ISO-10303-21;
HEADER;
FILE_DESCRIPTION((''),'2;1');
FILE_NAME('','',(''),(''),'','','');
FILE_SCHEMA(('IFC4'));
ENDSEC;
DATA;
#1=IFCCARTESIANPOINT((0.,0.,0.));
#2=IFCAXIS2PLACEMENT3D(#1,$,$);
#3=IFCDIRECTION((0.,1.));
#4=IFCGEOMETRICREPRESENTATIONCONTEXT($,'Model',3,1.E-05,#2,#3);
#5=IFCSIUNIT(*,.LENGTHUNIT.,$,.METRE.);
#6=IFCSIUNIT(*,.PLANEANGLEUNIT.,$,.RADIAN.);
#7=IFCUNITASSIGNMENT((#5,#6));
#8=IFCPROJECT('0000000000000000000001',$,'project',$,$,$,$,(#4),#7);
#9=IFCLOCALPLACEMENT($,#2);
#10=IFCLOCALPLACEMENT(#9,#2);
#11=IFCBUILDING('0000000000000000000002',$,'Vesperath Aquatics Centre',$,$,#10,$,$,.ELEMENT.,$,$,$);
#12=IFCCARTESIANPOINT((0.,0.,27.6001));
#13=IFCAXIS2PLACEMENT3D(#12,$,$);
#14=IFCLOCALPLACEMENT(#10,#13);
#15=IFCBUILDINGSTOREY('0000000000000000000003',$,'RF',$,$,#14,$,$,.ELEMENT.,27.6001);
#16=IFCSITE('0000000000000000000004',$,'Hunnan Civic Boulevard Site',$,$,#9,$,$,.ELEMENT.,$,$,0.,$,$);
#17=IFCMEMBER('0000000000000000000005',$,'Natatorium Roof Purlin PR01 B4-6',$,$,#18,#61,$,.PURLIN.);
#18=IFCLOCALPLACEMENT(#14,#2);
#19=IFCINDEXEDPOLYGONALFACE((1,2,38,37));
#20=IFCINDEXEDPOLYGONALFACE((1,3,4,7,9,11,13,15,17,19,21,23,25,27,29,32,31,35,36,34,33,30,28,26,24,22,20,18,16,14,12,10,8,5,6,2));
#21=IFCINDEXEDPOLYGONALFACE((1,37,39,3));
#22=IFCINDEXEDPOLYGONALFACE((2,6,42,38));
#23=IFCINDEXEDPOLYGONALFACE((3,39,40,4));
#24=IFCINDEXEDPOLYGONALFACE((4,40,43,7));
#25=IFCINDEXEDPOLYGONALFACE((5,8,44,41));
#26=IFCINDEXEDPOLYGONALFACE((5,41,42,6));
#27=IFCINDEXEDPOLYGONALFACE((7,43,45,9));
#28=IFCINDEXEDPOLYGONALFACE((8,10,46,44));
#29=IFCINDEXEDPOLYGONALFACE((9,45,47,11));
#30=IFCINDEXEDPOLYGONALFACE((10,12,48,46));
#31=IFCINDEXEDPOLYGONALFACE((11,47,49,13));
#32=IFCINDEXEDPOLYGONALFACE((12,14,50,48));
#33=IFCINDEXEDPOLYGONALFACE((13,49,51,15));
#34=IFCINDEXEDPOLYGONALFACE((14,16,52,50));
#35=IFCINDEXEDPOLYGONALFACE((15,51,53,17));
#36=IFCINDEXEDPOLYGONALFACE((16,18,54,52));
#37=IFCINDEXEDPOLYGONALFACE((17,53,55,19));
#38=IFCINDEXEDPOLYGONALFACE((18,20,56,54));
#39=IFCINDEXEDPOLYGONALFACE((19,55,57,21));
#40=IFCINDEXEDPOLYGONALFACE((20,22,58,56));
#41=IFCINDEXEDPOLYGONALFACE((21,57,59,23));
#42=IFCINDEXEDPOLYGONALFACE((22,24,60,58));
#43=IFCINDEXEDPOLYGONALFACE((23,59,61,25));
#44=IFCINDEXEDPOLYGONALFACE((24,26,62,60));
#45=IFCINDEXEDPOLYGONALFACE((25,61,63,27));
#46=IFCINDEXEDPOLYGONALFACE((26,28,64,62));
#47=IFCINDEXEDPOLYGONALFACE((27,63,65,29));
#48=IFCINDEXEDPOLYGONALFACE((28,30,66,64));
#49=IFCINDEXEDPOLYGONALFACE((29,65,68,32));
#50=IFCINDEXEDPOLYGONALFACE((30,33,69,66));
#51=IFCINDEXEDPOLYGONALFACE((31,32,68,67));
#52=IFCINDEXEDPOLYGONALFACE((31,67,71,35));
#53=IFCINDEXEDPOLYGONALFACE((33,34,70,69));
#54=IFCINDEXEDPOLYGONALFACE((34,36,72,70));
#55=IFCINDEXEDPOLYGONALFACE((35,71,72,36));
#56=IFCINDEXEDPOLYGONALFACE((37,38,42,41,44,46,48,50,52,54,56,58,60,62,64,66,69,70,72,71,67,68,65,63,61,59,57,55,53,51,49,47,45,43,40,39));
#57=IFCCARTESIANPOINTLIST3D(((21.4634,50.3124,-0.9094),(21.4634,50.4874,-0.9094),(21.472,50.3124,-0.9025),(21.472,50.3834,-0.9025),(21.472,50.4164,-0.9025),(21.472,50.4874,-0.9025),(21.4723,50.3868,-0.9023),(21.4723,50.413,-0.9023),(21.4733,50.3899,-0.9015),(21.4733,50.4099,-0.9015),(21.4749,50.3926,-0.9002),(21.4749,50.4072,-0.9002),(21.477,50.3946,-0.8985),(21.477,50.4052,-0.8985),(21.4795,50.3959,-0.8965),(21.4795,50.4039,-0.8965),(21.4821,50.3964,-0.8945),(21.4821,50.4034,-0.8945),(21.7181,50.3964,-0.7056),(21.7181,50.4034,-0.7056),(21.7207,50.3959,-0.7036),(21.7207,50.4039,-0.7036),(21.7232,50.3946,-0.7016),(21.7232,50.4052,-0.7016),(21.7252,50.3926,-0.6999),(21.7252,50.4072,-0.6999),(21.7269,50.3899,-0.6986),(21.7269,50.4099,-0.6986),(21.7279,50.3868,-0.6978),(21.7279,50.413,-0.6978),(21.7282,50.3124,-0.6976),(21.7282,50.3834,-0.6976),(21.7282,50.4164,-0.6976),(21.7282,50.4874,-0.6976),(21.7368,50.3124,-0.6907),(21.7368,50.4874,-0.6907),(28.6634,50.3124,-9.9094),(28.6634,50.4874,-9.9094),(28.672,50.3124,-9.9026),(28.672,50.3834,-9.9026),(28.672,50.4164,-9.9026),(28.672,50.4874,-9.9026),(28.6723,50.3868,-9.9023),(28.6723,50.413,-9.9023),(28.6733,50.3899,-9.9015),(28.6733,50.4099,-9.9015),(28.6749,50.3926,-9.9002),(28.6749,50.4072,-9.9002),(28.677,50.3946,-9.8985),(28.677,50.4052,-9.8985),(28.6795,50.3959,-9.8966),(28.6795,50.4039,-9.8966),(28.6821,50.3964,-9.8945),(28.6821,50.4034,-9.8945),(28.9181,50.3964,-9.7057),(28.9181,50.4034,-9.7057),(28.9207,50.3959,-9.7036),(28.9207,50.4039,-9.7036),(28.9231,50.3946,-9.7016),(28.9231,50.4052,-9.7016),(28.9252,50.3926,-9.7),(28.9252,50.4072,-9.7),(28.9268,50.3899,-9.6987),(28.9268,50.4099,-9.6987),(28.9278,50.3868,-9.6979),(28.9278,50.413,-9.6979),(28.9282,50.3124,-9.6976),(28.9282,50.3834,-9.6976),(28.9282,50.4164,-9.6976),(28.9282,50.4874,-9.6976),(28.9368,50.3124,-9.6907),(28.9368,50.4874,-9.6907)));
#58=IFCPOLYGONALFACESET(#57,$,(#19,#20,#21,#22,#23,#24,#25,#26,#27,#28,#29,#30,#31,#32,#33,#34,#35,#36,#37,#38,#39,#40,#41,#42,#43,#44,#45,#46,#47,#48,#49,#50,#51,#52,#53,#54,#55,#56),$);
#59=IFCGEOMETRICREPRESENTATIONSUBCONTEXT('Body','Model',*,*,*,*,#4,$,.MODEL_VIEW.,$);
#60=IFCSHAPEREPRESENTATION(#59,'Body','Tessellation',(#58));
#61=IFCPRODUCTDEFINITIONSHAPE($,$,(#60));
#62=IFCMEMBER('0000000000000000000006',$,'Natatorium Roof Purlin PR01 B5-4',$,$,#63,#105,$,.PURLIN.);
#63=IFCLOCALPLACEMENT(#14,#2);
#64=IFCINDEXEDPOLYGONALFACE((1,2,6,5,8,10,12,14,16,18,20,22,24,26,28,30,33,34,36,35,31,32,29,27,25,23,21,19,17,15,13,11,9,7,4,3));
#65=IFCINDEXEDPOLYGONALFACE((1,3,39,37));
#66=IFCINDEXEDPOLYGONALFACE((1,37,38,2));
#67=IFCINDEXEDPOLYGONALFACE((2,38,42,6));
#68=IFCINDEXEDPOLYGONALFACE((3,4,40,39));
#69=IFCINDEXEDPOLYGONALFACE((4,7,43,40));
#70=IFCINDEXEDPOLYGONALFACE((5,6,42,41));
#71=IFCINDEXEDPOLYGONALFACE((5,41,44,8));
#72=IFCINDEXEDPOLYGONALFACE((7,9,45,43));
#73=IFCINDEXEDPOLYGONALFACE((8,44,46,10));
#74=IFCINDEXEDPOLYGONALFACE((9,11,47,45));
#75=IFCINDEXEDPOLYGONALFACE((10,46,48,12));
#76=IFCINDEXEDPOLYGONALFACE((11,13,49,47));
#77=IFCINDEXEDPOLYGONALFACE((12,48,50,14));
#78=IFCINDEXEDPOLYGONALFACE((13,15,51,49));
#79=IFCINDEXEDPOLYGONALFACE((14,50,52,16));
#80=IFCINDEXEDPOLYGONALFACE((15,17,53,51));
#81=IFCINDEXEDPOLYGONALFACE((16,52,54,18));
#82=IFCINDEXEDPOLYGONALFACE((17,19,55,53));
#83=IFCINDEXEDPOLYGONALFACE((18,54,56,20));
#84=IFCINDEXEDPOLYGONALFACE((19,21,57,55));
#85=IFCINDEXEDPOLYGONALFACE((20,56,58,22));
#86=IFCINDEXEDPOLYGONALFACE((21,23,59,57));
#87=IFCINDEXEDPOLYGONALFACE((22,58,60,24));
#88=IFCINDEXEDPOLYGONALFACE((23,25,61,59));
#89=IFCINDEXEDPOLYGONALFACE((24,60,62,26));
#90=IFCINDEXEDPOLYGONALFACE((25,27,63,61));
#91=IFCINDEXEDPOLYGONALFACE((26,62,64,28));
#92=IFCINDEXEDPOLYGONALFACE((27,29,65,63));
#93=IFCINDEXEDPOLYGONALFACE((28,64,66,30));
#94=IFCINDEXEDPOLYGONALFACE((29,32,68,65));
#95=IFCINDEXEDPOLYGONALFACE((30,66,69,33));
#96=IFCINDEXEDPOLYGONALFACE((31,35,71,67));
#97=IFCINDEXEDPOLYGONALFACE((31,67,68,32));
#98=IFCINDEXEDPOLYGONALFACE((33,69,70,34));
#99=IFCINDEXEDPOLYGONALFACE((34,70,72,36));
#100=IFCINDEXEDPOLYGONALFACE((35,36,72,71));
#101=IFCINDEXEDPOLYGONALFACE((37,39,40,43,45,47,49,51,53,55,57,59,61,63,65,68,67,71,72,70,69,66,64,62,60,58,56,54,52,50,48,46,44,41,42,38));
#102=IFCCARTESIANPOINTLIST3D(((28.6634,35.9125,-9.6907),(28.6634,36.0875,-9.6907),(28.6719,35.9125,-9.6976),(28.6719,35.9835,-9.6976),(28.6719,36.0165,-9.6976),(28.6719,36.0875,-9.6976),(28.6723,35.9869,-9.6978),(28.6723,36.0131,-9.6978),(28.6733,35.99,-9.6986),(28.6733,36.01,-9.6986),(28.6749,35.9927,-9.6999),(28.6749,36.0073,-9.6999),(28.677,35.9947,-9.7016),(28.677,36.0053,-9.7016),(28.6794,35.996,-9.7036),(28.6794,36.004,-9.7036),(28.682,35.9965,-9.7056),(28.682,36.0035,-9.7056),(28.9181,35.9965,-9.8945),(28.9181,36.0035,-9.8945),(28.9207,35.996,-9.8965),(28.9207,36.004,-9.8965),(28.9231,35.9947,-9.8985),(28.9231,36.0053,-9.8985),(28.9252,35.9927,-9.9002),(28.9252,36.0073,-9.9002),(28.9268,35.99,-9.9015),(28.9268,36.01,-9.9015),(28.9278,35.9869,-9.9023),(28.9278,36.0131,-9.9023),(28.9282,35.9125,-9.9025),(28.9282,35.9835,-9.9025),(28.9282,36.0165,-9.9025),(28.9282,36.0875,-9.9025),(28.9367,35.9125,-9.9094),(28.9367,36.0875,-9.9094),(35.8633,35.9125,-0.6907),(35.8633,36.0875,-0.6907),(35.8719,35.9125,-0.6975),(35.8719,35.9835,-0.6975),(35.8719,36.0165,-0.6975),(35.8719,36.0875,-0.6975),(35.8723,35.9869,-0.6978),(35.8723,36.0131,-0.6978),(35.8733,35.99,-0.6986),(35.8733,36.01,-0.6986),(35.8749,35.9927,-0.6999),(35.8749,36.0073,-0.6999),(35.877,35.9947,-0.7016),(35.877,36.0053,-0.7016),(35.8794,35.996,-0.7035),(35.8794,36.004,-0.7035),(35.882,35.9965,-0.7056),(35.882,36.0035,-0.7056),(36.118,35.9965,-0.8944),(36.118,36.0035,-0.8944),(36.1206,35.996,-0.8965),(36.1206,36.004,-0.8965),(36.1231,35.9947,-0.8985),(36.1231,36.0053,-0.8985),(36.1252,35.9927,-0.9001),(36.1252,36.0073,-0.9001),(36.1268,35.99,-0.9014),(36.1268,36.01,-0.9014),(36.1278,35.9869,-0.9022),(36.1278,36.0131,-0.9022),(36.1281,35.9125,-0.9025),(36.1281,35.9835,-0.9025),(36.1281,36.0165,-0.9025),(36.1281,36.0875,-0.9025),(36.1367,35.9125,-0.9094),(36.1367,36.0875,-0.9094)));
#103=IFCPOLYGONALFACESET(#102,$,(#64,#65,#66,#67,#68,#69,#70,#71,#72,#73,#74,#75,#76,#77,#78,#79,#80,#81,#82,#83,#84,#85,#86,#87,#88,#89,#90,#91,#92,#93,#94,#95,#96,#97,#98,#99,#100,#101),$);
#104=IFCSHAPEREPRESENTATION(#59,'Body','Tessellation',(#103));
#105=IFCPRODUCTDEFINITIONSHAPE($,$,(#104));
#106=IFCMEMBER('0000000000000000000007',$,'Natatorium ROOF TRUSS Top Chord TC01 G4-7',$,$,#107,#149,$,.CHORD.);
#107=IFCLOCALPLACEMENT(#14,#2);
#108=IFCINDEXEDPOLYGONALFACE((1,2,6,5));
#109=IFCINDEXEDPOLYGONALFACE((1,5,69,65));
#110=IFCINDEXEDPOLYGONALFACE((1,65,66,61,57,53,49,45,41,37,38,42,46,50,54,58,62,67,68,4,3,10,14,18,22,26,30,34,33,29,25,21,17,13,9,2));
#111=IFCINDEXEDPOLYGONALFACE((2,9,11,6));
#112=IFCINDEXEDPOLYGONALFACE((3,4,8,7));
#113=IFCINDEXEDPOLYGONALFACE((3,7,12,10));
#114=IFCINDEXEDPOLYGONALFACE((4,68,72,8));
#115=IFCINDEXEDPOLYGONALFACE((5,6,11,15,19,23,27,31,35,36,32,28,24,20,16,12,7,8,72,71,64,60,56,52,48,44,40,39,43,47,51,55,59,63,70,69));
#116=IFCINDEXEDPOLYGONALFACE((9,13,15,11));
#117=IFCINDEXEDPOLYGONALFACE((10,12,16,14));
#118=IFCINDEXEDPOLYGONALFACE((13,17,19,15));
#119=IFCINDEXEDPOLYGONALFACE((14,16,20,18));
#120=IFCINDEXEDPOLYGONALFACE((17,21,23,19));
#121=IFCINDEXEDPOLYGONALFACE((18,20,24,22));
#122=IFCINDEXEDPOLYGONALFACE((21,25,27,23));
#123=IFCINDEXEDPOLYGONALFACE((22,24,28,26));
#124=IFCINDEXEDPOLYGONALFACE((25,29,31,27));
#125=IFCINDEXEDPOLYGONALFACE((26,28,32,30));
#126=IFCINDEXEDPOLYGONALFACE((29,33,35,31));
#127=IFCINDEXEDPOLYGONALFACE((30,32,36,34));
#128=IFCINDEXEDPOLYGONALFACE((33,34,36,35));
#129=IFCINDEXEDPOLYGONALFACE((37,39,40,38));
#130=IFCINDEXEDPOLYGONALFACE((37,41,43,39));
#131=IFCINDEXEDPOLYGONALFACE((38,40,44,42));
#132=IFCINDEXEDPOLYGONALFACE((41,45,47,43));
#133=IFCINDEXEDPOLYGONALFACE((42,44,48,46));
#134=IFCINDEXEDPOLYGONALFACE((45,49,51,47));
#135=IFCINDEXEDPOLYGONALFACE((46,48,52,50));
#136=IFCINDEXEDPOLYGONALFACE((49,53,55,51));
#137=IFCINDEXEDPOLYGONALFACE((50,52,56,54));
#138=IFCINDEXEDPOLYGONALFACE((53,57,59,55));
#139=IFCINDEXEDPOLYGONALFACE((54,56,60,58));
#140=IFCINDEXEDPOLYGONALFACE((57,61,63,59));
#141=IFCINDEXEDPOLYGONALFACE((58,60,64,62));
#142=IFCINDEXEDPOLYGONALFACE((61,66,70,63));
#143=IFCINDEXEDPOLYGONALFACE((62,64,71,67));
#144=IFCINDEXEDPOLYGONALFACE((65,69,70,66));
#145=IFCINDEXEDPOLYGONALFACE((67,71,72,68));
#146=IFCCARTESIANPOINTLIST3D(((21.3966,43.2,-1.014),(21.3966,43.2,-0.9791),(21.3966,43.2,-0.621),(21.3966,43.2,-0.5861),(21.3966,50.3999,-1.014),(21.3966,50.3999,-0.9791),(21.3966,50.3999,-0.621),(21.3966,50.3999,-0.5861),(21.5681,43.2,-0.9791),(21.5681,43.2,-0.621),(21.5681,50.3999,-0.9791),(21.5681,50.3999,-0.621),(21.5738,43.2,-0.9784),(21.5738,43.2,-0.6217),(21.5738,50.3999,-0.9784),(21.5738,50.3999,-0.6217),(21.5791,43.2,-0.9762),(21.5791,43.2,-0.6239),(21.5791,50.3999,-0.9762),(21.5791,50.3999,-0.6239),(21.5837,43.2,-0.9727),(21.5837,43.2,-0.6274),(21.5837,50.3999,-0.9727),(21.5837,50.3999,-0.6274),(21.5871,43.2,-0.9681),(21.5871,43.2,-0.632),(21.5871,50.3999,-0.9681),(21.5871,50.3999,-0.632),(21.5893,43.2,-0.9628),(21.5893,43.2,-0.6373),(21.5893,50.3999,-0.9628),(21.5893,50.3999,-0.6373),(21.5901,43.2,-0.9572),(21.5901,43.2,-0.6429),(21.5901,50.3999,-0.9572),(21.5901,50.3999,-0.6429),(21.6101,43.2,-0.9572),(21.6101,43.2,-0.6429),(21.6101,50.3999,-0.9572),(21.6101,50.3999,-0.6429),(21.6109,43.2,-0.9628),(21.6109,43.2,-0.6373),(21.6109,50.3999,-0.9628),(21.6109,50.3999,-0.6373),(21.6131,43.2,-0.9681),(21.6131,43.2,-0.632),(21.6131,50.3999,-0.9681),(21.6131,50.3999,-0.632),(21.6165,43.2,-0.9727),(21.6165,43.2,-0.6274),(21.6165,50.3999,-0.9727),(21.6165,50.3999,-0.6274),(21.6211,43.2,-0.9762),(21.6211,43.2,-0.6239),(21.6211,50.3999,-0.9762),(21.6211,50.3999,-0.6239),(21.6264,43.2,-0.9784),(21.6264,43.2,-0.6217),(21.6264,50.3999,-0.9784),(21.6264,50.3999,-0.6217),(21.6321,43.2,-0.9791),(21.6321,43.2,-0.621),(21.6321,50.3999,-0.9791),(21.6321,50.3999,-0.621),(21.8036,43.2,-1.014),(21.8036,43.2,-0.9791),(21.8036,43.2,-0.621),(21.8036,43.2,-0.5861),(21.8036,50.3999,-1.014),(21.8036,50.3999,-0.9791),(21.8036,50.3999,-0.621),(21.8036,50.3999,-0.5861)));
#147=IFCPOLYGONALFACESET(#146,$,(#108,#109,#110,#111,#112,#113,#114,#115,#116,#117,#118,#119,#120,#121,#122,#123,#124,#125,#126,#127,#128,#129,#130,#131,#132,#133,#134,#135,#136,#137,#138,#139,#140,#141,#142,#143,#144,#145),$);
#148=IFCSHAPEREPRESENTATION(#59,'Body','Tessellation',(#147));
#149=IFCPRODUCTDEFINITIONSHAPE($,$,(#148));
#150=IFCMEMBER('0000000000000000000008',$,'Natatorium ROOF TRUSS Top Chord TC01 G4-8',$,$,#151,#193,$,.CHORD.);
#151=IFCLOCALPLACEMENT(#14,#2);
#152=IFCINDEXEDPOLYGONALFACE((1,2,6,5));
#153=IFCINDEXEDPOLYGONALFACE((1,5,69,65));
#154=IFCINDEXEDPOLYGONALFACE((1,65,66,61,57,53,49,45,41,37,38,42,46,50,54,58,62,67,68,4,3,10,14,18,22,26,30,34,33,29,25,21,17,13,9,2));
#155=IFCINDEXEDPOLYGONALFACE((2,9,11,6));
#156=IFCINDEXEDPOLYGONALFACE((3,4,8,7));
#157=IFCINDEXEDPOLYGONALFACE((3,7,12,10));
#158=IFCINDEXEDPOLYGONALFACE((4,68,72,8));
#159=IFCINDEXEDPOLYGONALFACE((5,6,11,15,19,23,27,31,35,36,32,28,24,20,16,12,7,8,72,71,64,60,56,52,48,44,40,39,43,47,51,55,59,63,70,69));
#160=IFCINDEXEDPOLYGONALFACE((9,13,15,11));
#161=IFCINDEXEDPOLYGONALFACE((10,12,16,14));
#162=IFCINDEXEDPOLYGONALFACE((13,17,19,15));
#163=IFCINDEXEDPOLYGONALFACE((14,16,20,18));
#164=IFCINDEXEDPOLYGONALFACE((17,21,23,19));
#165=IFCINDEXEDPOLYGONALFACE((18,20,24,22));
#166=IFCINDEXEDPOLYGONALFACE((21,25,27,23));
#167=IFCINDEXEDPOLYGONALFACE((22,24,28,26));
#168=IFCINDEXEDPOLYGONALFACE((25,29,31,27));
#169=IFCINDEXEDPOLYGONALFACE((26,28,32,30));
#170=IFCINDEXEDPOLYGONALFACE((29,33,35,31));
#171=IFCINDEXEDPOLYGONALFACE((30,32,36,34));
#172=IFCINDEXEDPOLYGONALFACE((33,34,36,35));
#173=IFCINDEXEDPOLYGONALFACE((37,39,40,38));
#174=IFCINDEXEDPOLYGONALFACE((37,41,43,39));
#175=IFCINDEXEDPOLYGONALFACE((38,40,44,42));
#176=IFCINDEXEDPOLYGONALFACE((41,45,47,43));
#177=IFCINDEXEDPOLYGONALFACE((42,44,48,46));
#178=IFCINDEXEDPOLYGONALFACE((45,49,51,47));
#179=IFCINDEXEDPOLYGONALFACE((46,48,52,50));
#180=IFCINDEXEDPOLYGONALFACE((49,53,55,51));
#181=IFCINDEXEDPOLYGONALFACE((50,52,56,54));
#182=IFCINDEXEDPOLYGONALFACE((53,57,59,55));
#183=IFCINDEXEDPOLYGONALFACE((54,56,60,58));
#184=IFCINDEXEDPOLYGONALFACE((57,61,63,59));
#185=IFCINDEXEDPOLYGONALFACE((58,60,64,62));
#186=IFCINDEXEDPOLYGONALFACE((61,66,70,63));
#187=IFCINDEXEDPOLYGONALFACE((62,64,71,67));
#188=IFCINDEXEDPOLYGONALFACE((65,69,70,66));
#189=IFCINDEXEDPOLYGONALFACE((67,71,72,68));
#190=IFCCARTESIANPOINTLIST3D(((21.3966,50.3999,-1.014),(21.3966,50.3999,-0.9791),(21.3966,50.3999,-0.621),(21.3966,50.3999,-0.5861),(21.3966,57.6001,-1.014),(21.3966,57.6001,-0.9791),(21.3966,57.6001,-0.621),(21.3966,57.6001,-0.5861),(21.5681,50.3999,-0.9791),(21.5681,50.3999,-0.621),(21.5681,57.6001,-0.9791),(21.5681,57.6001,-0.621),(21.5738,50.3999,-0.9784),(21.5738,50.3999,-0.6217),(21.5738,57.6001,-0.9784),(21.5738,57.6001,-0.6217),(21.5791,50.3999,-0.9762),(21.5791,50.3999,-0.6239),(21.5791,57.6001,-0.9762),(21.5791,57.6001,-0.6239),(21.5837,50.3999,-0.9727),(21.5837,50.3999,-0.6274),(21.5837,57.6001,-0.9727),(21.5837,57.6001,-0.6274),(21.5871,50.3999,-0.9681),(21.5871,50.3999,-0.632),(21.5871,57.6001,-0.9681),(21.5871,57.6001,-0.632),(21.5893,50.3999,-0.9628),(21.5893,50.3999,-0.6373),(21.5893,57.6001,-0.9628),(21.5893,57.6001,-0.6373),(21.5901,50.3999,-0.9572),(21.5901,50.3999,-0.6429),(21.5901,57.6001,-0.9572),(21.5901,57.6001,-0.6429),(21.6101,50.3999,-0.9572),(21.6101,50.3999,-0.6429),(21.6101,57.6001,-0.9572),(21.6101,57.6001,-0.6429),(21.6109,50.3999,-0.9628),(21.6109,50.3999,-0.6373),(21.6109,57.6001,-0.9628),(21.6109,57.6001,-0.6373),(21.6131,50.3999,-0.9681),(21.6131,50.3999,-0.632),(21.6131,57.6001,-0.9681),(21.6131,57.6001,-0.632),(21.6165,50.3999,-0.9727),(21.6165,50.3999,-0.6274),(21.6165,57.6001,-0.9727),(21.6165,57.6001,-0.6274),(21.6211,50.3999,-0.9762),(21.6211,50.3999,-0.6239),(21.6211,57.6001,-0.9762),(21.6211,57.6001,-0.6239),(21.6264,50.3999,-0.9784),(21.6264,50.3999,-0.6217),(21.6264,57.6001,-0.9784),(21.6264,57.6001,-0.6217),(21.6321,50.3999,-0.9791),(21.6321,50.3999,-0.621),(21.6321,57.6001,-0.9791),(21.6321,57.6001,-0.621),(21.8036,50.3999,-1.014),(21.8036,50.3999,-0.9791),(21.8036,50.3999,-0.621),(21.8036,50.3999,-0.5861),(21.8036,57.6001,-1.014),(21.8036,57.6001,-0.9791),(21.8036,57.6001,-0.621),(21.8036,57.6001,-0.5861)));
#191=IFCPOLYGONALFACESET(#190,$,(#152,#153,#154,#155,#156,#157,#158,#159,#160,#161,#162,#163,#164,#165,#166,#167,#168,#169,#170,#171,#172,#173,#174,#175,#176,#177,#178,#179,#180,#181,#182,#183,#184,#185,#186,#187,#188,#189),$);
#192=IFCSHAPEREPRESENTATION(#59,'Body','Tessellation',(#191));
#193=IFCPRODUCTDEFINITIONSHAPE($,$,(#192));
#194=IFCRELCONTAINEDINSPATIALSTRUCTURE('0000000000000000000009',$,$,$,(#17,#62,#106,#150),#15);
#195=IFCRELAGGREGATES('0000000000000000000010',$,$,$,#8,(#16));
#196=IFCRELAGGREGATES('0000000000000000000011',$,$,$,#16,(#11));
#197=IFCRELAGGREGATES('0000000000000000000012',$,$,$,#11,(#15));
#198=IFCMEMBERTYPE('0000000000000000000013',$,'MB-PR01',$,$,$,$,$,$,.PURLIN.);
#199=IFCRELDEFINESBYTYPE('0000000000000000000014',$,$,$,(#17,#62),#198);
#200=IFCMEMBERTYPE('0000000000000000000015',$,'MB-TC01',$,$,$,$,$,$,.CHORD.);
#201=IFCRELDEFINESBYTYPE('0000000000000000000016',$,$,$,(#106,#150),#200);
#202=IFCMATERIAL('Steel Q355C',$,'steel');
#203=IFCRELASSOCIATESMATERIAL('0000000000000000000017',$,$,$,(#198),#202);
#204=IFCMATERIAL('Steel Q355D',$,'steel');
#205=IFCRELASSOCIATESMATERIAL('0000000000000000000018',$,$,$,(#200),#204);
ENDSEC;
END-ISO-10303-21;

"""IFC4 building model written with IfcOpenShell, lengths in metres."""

from ifc_helpers import new_model, si_unit, direction, frame, origin, origin_2d, place, context, subcontext, project, spatial, i_section, extrude, material, material_profile, profile_set, type_object, element, save


model = new_model("IFC4")

# Units and contexts
model_context = context("Model", 3, precision=1e-05, world=origin(), true_north=direction((0.0, 1.0)))
body_context = subcontext(model_context, "Body", "Model", "MODEL_VIEW")
ifc_project = project(units=[si_unit("LENGTHUNIT", "METRE"), si_unit("PLANEANGLEUNIT", "RADIAN")], contexts=[model_context])

# Site, building, storey
site_placement = place(None, origin())
site = spatial("IfcSite", under=ifc_project, at=site_placement, Name="Hunnan Civic Boulevard Site", CompositionType="ELEMENT", RefElevation=0.0)
building_placement = place(site_placement, origin())
building = spatial("IfcBuilding", under=site, at=building_placement, Name="Vesperath Aquatics Centre", CompositionType="ELEMENT")
storey_placement = place(building_placement, frame((0.0, 0.0, 27.6001)))
storey = spatial("IfcBuildingStorey", under=building, at=storey_placement, Name="RF", CompositionType="ELEMENT", Elevation=27.6001)

# Members
ifc_material_1 = material(Name="Steel Q355D", Category="steel")
ifc_material_2 = material(Name="Steel Q355C", Category="steel")
ifc_material_profile_1 = material_profile(ifc_material_2, i_section(OverallWidth=0.175, OverallDepth=0.3501, WebThickness=0.0071, FlangeThickness=0.011, FilletRadius=0.0129, at=origin_2d()), Name="HN 350x175x7x11")
ifc_profile_set_1 = profile_set([ifc_material_profile_1], Name="Steel Q355C")
member_type_1 = type_object("IfcMemberType", Name="MB-PR01", PredefinedType="PURLIN", material=ifc_profile_set_1)
for number, where, z_axis, x_axis, name in (
    (1, (21.6001, 50.3999, -0.8), (0.624692, 0.0, -0.780871), (0.0, 1.0, 0.0), "Natatorium Roof Purlin PR01 B4-6"),
    (2, (28.8, 36.0, -9.8), (0.624692, 0.0, 0.780871), (0.0, 1.0, 0.0), "Natatorium Roof Purlin PR01 B5-4"),
):
    element("IfcMember", number, at=place(storey_placement, frame(where, z_axis=z_axis, x_axis=x_axis)), inside=storey, type_object=member_type_1, Name=name, PredefinedType="PURLIN", context=body_context, shape_type="SweptSolid", body=[
        extrude(i_section(OverallWidth=0.175, OverallDepth=0.3501, WebThickness=0.0071, FlangeThickness=0.011, FilletRadius=0.0129, at=origin_2d()), origin(), (0.0, 0.0, 1.0), 11.5256),
    ])
ifc_material_profile_2 = material_profile(ifc_material_1, i_section(OverallWidth=0.407, OverallDepth=0.428, WebThickness=0.02, FlangeThickness=0.0349, FilletRadius=0.022, at=origin_2d()), Name="HW 428x407x20x35")
ifc_profile_set_2 = profile_set([ifc_material_profile_2], Name="Steel Q355D")
member_type_2 = type_object("IfcMemberType", Name="MB-TC01", PredefinedType="CHORD", material=ifc_profile_set_2)
member_1_placement = place(storey_placement, frame((21.6001, 43.2, -0.8), z_axis=(0.0, 1.0, 0.0), x_axis=(-1.0, 0.0, 0.0)))
element("IfcMember", 3, at=member_1_placement, inside=storey, type_object=member_type_2, Name="Natatorium ROOF TRUSS Top Chord TC01 G4-7", PredefinedType="CHORD", context=body_context, shape_type="SweptSolid", body=[
    extrude(i_section(OverallWidth=0.407, OverallDepth=0.428, WebThickness=0.02, FlangeThickness=0.0349, FilletRadius=0.022, at=origin_2d()), origin(), (0.0, 0.0, 1.0), 7.2),
])
member_2_placement = place(storey_placement, frame((21.6001, 50.3999, -0.8), z_axis=(0.0, 1.0, 0.0), x_axis=(-1.0, 0.0, 0.0)))
element("IfcMember", 4, at=member_2_placement, inside=storey, type_object=member_type_2, Name="Natatorium ROOF TRUSS Top Chord TC01 G4-8", PredefinedType="CHORD", context=body_context, shape_type="SweptSolid", body=[
    extrude(i_section(OverallWidth=0.407, OverallDepth=0.428, WebThickness=0.02, FlangeThickness=0.0349, FilletRadius=0.022, at=origin_2d()), origin(), (0.0, 0.0, 1.0), 7.2002),
])

save(model, "model.ifc")
